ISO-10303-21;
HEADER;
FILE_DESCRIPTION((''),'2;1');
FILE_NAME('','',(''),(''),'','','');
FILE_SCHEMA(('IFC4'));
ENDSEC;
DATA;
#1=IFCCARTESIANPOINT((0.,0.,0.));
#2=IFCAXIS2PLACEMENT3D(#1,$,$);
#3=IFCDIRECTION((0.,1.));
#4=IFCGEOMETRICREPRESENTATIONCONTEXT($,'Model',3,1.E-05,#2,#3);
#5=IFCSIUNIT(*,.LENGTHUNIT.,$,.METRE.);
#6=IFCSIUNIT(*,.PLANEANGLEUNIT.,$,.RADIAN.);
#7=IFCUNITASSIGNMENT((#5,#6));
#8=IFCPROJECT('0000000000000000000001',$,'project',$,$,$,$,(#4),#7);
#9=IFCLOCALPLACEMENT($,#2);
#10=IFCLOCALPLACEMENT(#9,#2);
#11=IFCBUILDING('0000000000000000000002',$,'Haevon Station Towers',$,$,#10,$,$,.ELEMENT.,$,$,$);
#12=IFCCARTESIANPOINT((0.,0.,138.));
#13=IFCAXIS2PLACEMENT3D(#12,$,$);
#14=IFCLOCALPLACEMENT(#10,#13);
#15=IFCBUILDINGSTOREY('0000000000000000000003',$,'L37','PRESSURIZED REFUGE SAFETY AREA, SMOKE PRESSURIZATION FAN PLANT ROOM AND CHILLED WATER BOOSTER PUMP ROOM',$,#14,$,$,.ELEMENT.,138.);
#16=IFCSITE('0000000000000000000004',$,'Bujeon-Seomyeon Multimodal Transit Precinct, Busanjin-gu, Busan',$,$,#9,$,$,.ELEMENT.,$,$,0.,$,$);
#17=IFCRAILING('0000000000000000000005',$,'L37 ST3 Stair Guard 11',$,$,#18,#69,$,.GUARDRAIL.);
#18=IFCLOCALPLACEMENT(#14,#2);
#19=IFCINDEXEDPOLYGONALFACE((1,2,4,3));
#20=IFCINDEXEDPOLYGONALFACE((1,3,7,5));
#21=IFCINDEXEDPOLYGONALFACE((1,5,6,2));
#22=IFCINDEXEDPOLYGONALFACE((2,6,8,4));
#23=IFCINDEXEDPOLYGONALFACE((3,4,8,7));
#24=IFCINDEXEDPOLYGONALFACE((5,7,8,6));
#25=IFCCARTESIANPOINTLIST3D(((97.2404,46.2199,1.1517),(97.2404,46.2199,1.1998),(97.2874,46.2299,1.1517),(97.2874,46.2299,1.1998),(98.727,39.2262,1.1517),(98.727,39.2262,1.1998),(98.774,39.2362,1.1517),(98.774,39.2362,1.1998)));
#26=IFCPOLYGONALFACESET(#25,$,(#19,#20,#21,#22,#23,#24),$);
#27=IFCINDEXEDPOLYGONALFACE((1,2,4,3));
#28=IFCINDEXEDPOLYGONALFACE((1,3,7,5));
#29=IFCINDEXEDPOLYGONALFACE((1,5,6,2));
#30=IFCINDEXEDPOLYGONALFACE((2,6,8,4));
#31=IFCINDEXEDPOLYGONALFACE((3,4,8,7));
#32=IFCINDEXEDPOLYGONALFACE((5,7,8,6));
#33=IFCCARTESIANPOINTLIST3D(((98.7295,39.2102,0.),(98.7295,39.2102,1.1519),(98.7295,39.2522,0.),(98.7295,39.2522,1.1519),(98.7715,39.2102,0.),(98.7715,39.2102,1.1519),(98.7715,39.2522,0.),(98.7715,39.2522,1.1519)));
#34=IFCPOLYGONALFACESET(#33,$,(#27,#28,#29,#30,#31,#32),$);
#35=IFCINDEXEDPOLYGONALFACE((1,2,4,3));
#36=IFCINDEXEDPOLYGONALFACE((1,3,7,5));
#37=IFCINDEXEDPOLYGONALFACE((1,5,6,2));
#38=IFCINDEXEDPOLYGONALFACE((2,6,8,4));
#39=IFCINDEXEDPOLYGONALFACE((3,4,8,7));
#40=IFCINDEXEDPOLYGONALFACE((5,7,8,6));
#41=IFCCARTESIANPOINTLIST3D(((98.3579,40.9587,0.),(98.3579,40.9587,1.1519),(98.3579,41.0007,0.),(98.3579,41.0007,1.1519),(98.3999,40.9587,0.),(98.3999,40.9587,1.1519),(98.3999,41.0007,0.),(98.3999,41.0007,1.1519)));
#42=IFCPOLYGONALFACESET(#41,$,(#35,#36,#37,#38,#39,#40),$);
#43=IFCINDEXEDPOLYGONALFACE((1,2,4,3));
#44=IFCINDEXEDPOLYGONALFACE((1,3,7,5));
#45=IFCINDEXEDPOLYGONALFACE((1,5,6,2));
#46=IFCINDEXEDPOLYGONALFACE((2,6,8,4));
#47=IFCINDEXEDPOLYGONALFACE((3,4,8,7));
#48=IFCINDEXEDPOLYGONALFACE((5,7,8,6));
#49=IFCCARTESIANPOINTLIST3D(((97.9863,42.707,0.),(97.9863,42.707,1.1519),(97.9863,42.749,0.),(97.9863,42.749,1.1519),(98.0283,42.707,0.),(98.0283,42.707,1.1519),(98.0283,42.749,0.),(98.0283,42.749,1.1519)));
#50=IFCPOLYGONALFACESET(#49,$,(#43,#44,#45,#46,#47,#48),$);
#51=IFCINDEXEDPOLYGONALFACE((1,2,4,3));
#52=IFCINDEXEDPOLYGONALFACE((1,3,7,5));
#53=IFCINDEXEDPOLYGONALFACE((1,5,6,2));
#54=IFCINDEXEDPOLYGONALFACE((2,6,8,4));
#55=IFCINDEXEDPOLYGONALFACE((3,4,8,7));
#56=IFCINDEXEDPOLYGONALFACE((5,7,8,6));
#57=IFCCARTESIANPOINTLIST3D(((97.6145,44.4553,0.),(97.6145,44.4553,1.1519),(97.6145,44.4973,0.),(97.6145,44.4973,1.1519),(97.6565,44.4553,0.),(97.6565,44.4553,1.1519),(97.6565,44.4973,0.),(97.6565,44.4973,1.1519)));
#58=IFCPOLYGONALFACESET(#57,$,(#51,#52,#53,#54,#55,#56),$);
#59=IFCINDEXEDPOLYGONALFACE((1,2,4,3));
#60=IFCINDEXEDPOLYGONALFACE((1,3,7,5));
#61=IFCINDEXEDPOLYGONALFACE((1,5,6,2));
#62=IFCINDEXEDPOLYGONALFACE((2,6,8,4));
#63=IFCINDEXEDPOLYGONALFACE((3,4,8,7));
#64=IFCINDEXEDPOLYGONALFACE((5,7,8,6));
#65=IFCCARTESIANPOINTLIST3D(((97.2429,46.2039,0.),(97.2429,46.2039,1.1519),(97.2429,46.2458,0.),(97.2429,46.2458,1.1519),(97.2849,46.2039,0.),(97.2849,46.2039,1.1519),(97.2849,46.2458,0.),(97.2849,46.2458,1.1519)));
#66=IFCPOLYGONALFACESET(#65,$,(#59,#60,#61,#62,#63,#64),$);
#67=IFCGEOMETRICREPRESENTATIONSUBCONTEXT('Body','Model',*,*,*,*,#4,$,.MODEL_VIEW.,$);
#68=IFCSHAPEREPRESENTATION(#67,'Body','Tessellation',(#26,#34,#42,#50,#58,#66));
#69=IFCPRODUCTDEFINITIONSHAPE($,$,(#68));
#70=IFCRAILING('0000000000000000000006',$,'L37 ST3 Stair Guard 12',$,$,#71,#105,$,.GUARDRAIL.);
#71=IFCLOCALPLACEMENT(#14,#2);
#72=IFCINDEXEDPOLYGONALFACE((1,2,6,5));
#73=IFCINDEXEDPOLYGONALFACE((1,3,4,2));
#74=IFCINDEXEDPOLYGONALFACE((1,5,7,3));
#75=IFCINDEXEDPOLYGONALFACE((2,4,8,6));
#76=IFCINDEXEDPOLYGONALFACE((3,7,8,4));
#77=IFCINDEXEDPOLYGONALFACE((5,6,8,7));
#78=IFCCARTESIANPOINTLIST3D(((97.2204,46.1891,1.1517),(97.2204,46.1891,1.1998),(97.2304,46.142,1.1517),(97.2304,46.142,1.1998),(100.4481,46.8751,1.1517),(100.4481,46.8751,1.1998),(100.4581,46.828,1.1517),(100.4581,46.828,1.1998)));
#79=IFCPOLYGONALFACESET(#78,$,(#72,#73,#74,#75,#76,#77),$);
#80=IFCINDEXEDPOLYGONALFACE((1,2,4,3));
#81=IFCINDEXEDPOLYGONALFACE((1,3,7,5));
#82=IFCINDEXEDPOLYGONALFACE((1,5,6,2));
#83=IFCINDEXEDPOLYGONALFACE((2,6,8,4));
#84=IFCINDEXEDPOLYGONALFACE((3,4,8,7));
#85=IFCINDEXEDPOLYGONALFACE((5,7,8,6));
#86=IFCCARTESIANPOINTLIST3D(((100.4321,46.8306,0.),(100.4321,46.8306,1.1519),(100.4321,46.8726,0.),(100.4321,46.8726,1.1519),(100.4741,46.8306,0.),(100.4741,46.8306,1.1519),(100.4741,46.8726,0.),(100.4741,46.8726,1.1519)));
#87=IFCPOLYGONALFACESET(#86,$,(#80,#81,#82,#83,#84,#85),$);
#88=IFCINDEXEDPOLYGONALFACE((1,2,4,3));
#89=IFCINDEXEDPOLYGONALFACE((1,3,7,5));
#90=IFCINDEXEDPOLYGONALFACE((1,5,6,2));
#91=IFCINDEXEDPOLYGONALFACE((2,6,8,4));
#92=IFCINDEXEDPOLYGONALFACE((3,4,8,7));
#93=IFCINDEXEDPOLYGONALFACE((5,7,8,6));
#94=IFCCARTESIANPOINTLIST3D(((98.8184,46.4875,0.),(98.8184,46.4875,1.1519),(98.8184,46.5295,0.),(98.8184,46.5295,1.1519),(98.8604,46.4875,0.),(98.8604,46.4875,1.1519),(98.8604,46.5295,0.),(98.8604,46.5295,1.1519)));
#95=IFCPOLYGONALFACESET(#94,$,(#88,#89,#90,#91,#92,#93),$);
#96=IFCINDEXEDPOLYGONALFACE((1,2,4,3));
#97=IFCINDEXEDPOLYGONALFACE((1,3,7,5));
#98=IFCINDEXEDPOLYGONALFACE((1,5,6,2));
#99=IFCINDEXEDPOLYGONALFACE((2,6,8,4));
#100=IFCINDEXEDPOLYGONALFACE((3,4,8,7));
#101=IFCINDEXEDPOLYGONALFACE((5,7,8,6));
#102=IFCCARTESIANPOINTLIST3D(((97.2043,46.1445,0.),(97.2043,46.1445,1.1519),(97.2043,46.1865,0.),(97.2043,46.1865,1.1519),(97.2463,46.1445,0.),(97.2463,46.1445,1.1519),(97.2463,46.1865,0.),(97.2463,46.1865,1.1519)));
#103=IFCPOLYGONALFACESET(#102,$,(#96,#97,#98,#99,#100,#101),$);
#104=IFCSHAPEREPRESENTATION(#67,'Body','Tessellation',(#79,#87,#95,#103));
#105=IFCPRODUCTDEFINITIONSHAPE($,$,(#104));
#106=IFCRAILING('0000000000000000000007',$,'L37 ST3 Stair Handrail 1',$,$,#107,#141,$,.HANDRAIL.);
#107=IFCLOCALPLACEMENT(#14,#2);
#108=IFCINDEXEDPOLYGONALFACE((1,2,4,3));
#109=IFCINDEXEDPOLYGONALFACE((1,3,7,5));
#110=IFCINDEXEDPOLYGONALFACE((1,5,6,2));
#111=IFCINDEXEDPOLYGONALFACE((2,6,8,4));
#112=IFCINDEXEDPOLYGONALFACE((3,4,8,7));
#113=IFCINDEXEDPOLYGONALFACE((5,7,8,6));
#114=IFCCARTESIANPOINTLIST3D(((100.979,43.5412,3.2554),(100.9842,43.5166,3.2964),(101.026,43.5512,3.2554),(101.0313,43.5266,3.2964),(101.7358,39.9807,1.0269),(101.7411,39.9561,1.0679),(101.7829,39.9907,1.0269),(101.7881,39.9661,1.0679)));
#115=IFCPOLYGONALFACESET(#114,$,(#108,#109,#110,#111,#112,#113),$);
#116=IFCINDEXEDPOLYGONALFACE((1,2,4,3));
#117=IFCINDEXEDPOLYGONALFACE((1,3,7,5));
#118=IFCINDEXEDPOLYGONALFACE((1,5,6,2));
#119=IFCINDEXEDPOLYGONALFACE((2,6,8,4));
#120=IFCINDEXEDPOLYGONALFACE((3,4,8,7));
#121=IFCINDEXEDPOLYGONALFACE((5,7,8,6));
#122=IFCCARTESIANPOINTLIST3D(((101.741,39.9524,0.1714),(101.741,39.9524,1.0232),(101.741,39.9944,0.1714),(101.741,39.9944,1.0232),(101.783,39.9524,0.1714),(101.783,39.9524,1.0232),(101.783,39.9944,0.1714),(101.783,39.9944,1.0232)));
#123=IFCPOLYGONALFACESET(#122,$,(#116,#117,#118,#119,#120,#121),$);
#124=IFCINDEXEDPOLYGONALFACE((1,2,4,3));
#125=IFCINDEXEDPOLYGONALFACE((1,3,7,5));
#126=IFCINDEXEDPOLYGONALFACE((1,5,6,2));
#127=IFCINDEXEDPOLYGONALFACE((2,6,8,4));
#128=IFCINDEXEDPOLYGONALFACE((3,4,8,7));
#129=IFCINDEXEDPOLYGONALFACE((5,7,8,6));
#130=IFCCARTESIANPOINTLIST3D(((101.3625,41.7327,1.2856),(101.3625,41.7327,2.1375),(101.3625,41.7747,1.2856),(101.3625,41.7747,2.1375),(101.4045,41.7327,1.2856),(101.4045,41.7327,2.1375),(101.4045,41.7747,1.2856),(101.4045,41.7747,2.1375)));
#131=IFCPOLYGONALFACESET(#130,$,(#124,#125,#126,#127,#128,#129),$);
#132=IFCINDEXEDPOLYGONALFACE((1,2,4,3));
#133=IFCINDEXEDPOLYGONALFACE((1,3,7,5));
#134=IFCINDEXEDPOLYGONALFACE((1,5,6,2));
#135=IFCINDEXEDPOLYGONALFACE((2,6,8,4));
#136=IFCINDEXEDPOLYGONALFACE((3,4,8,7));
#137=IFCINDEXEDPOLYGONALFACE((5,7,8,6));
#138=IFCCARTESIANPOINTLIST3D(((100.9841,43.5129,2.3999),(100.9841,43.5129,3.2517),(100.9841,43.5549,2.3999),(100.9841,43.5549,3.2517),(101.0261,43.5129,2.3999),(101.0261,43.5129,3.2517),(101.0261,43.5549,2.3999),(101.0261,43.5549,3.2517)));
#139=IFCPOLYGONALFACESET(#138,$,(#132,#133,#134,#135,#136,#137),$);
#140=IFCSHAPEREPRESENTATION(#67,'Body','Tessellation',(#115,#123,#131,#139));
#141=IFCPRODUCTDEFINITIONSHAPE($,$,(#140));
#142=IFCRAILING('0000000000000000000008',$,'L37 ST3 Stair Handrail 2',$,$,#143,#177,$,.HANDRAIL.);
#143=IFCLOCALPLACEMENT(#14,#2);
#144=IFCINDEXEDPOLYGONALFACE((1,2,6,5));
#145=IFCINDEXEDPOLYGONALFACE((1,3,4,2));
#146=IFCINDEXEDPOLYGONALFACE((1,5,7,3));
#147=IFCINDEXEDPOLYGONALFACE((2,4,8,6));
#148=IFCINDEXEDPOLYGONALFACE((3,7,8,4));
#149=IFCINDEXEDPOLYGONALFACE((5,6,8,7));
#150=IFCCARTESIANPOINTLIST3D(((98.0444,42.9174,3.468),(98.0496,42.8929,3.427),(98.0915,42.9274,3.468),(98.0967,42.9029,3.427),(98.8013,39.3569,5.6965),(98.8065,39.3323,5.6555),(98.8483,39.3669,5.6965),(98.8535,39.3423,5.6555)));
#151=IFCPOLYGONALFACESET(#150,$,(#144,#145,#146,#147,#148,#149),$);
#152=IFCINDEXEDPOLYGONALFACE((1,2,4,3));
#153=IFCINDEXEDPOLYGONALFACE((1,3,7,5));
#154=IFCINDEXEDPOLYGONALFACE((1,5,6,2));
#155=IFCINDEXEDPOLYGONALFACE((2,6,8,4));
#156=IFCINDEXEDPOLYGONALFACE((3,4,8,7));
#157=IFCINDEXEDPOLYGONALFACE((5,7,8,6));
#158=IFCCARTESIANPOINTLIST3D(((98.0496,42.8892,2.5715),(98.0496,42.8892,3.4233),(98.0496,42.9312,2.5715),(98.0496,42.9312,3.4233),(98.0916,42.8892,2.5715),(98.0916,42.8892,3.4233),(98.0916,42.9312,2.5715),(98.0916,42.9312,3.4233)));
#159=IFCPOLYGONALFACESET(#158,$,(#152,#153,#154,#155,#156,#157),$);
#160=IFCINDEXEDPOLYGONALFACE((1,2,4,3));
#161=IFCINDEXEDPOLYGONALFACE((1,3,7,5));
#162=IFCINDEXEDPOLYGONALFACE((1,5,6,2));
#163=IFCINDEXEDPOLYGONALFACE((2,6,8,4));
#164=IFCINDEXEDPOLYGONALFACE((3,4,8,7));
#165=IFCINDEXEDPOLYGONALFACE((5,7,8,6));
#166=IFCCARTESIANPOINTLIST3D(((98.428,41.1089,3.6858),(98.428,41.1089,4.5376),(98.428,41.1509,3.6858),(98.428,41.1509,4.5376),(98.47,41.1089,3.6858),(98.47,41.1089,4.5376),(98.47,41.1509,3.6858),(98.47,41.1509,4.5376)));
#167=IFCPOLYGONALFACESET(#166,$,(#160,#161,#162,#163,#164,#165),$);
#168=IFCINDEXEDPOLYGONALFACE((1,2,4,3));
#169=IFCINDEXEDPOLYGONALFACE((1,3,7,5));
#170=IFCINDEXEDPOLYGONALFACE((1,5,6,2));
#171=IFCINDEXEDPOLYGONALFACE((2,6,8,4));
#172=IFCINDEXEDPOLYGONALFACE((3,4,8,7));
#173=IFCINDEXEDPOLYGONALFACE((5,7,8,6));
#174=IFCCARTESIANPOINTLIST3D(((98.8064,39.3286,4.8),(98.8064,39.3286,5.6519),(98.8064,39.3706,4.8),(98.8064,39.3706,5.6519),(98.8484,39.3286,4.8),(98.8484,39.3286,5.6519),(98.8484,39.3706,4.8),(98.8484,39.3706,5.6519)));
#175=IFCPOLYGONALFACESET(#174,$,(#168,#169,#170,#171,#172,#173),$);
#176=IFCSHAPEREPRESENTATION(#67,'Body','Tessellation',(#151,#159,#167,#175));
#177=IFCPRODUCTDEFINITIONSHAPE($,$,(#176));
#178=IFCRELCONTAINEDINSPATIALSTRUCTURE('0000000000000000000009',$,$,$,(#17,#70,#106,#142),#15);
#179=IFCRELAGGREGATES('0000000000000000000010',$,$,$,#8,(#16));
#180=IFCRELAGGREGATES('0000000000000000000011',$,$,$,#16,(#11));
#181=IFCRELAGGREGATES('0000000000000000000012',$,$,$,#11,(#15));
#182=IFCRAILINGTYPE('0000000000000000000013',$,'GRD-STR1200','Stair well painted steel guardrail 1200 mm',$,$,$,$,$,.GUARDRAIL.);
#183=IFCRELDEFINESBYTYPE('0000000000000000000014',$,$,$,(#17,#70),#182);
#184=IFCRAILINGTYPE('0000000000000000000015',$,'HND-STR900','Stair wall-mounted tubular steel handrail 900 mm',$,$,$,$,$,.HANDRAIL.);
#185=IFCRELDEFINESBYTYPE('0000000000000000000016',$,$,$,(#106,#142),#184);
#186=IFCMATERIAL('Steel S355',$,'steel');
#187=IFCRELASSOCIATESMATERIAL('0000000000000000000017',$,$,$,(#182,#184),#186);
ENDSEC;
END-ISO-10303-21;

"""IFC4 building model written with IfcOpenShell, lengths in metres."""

from ifc_helpers import new_model, si_unit, direction, frame, origin, origin_2d, place, context, subcontext, project, spatial, rectangle, extrude, material, type_object, element, save


model = new_model("IFC4")

# Units and contexts
model_context = context("Model", 3, precision=1e-05, world=origin(), true_north=direction((0.0, 1.0)))
body_context = subcontext(model_context, "Body", "Model", "MODEL_VIEW")
ifc_project = project(units=[si_unit("LENGTHUNIT", "METRE"), si_unit("PLANEANGLEUNIT", "RADIAN")], contexts=[model_context])

# Site, building, storey
site_placement = place(None, origin())
site = spatial("IfcSite", under=ifc_project, at=site_placement, Name="Bujeon-Seomyeon Multimodal Transit Precinct, Busanjin-gu, Busan", CompositionType="ELEMENT", RefElevation=0.0)
building_placement = place(site_placement, origin())
building = spatial("IfcBuilding", under=site, at=building_placement, Name="Haevon Station Towers", CompositionType="ELEMENT")
storey_placement = place(building_placement, frame((0.0, 0.0, 138.0)))
storey = spatial("IfcBuildingStorey", under=building, at=storey_placement, Name="L37", Description="PRESSURIZED REFUGE SAFETY AREA, SMOKE PRESSURIZATION FAN PLANT ROOM AND CHILLED WATER BOOSTER PUMP ROOM", CompositionType="ELEMENT", Elevation=138.0)

# Shared definitions
ifc_material_1 = material(Name="Steel S355", Category="steel")

# Railings
railing_type_1 = type_object("IfcRailingType", Name="GRD-STR1200", Description="Stair well painted steel guardrail 1200 mm", PredefinedType="GUARDRAIL", material=ifc_material_1)
railing_1_placement = place(storey_placement, frame((98.7505, 39.2312, 0.0)))
element("IfcRailing", 1, at=railing_1_placement, inside=storey, type_object=railing_type_1, Name="L37 ST3 Stair Guard 11", PredefinedType="GUARDRAIL", context=body_context, shape_type="SweptSolid", body=[
    extrude(rectangle(XDim=0.0481, YDim=0.0481, at=origin_2d()), frame((0.0, 0.0, 1.1758), z_axis=(-0.207915, 0.978147, 0.0), x_axis=(-0.978147, -0.207915, 0.0)), (0.0, 0.0, 1.0), 7.1499),
    extrude(rectangle(XDim=0.042, YDim=0.042, at=origin_2d()), origin(), (0.0, 0.0, 1.0), 1.1519),
    extrude(rectangle(XDim=0.042, YDim=0.042, at=origin_2d()), frame((-0.3716, 1.7485, 0.0)), (0.0, 0.0, 1.0), 1.1519),
    extrude(rectangle(XDim=0.042, YDim=0.042, at=origin_2d()), frame((-0.7432, 3.4968, 0.0)), (0.0, 0.0, 1.0), 1.1519),
    extrude(rectangle(XDim=0.042, YDim=0.042, at=origin_2d()), frame((-1.115, 5.2451, 0.0)), (0.0, 0.0, 1.0), 1.1519),
    extrude(rectangle(XDim=0.042, YDim=0.042, at=origin_2d()), frame((-1.4866, 6.9937, 0.0)), (0.0, 0.0, 1.0), 1.1519),
])
railing_2_placement = place(storey_placement, frame((100.4531, 46.8516, 0.0)))
element("IfcRailing", 2, at=railing_2_placement, inside=storey, type_object=railing_type_1, Name="L37 ST3 Stair Guard 12", PredefinedType="GUARDRAIL", context=body_context, shape_type="SweptSolid", body=[
    extrude(rectangle(XDim=0.0481, YDim=0.0481, at=origin_2d()), frame((0.0, 0.0, 1.1758), z_axis=(-0.978151, -0.207897, 0.0), x_axis=(0.207897, -0.978151, 0.0)), (0.0, 0.0, 1.0), 3.2998),
    extrude(rectangle(XDim=0.042, YDim=0.042, at=origin_2d()), origin(), (0.0, 0.0, 1.0), 1.1519),
    extrude(rectangle(XDim=0.042, YDim=0.042, at=origin_2d()), frame((-1.6138, -0.343, 0.0)), (0.0, 0.0, 1.0), 1.1519),
    extrude(rectangle(XDim=0.042, YDim=0.042, at=origin_2d()), frame((-3.2278, -0.686, 0.0)), (0.0, 0.0, 1.0), 1.1519),
])
railing_type_2 = type_object("IfcRailingType", Name="HND-STR900", Description="Stair wall-mounted tubular steel handrail 900 mm", PredefinedType="HANDRAIL", material=ifc_material_1)
railing_3_placement = place(storey_placement, frame((101.762, 39.9734, 0.1714)))
element("IfcRailing", 3, at=railing_3_placement, inside=storey, type_object=railing_type_2, Name="L37 ST3 Stair Handrail 1", PredefinedType="HANDRAIL", context=body_context, shape_type="SweptSolid", body=[
    extrude(rectangle(XDim=0.0481, YDim=0.0481, at=origin_2d()), frame((0.0, 0.0, 0.876), z_axis=(-0.177324, 0.834225, 0.522134), x_axis=(-0.978147, -0.207917, 0.0)), (0.0, 0.0, 1.0), 4.2681),
    extrude(rectangle(XDim=0.042, YDim=0.042, at=origin_2d()), origin(), (0.0, 0.0, 1.0), 0.8518),
    extrude(rectangle(XDim=0.042, YDim=0.042, at=origin_2d()), frame((-0.3784, 1.7803, 1.1143)), (0.0, 0.0, 1.0), 0.8518),
    extrude(rectangle(XDim=0.042, YDim=0.042, at=origin_2d()), frame((-0.7568, 3.5605, 2.2285)), (0.0, 0.0, 1.0), 0.8518),
])
railing_4_placement = place(storey_placement, frame((98.0706, 42.9102, 2.5715)))
element("IfcRailing", 4, at=railing_4_placement, inside=storey, type_object=railing_type_2, Name="L37 ST3 Stair Handrail 2", PredefinedType="HANDRAIL", context=body_context, shape_type="SweptSolid", body=[
    extrude(rectangle(XDim=0.0481, YDim=0.0481, at=origin_2d()), frame((0.0, 0.0, 0.876), z_axis=(0.177324, -0.834225, 0.522134), x_axis=(0.978147, 0.207917, 0.0)), (0.0, 0.0, 1.0), 4.2681),
    extrude(rectangle(XDim=0.042, YDim=0.042, at=origin_2d()), origin(), (0.0, 0.0, 1.0), 0.8518),
    extrude(rectangle(XDim=0.042, YDim=0.042, at=origin_2d()), frame((0.3784, -1.7803, 1.1143)), (0.0, 0.0, 1.0), 0.8518),
    extrude(rectangle(XDim=0.042, YDim=0.042, at=origin_2d()), frame((0.7568, -3.5605, 2.2285)), (0.0, 0.0, 1.0), 0.8518),
])

save(model, "model.ifc")
